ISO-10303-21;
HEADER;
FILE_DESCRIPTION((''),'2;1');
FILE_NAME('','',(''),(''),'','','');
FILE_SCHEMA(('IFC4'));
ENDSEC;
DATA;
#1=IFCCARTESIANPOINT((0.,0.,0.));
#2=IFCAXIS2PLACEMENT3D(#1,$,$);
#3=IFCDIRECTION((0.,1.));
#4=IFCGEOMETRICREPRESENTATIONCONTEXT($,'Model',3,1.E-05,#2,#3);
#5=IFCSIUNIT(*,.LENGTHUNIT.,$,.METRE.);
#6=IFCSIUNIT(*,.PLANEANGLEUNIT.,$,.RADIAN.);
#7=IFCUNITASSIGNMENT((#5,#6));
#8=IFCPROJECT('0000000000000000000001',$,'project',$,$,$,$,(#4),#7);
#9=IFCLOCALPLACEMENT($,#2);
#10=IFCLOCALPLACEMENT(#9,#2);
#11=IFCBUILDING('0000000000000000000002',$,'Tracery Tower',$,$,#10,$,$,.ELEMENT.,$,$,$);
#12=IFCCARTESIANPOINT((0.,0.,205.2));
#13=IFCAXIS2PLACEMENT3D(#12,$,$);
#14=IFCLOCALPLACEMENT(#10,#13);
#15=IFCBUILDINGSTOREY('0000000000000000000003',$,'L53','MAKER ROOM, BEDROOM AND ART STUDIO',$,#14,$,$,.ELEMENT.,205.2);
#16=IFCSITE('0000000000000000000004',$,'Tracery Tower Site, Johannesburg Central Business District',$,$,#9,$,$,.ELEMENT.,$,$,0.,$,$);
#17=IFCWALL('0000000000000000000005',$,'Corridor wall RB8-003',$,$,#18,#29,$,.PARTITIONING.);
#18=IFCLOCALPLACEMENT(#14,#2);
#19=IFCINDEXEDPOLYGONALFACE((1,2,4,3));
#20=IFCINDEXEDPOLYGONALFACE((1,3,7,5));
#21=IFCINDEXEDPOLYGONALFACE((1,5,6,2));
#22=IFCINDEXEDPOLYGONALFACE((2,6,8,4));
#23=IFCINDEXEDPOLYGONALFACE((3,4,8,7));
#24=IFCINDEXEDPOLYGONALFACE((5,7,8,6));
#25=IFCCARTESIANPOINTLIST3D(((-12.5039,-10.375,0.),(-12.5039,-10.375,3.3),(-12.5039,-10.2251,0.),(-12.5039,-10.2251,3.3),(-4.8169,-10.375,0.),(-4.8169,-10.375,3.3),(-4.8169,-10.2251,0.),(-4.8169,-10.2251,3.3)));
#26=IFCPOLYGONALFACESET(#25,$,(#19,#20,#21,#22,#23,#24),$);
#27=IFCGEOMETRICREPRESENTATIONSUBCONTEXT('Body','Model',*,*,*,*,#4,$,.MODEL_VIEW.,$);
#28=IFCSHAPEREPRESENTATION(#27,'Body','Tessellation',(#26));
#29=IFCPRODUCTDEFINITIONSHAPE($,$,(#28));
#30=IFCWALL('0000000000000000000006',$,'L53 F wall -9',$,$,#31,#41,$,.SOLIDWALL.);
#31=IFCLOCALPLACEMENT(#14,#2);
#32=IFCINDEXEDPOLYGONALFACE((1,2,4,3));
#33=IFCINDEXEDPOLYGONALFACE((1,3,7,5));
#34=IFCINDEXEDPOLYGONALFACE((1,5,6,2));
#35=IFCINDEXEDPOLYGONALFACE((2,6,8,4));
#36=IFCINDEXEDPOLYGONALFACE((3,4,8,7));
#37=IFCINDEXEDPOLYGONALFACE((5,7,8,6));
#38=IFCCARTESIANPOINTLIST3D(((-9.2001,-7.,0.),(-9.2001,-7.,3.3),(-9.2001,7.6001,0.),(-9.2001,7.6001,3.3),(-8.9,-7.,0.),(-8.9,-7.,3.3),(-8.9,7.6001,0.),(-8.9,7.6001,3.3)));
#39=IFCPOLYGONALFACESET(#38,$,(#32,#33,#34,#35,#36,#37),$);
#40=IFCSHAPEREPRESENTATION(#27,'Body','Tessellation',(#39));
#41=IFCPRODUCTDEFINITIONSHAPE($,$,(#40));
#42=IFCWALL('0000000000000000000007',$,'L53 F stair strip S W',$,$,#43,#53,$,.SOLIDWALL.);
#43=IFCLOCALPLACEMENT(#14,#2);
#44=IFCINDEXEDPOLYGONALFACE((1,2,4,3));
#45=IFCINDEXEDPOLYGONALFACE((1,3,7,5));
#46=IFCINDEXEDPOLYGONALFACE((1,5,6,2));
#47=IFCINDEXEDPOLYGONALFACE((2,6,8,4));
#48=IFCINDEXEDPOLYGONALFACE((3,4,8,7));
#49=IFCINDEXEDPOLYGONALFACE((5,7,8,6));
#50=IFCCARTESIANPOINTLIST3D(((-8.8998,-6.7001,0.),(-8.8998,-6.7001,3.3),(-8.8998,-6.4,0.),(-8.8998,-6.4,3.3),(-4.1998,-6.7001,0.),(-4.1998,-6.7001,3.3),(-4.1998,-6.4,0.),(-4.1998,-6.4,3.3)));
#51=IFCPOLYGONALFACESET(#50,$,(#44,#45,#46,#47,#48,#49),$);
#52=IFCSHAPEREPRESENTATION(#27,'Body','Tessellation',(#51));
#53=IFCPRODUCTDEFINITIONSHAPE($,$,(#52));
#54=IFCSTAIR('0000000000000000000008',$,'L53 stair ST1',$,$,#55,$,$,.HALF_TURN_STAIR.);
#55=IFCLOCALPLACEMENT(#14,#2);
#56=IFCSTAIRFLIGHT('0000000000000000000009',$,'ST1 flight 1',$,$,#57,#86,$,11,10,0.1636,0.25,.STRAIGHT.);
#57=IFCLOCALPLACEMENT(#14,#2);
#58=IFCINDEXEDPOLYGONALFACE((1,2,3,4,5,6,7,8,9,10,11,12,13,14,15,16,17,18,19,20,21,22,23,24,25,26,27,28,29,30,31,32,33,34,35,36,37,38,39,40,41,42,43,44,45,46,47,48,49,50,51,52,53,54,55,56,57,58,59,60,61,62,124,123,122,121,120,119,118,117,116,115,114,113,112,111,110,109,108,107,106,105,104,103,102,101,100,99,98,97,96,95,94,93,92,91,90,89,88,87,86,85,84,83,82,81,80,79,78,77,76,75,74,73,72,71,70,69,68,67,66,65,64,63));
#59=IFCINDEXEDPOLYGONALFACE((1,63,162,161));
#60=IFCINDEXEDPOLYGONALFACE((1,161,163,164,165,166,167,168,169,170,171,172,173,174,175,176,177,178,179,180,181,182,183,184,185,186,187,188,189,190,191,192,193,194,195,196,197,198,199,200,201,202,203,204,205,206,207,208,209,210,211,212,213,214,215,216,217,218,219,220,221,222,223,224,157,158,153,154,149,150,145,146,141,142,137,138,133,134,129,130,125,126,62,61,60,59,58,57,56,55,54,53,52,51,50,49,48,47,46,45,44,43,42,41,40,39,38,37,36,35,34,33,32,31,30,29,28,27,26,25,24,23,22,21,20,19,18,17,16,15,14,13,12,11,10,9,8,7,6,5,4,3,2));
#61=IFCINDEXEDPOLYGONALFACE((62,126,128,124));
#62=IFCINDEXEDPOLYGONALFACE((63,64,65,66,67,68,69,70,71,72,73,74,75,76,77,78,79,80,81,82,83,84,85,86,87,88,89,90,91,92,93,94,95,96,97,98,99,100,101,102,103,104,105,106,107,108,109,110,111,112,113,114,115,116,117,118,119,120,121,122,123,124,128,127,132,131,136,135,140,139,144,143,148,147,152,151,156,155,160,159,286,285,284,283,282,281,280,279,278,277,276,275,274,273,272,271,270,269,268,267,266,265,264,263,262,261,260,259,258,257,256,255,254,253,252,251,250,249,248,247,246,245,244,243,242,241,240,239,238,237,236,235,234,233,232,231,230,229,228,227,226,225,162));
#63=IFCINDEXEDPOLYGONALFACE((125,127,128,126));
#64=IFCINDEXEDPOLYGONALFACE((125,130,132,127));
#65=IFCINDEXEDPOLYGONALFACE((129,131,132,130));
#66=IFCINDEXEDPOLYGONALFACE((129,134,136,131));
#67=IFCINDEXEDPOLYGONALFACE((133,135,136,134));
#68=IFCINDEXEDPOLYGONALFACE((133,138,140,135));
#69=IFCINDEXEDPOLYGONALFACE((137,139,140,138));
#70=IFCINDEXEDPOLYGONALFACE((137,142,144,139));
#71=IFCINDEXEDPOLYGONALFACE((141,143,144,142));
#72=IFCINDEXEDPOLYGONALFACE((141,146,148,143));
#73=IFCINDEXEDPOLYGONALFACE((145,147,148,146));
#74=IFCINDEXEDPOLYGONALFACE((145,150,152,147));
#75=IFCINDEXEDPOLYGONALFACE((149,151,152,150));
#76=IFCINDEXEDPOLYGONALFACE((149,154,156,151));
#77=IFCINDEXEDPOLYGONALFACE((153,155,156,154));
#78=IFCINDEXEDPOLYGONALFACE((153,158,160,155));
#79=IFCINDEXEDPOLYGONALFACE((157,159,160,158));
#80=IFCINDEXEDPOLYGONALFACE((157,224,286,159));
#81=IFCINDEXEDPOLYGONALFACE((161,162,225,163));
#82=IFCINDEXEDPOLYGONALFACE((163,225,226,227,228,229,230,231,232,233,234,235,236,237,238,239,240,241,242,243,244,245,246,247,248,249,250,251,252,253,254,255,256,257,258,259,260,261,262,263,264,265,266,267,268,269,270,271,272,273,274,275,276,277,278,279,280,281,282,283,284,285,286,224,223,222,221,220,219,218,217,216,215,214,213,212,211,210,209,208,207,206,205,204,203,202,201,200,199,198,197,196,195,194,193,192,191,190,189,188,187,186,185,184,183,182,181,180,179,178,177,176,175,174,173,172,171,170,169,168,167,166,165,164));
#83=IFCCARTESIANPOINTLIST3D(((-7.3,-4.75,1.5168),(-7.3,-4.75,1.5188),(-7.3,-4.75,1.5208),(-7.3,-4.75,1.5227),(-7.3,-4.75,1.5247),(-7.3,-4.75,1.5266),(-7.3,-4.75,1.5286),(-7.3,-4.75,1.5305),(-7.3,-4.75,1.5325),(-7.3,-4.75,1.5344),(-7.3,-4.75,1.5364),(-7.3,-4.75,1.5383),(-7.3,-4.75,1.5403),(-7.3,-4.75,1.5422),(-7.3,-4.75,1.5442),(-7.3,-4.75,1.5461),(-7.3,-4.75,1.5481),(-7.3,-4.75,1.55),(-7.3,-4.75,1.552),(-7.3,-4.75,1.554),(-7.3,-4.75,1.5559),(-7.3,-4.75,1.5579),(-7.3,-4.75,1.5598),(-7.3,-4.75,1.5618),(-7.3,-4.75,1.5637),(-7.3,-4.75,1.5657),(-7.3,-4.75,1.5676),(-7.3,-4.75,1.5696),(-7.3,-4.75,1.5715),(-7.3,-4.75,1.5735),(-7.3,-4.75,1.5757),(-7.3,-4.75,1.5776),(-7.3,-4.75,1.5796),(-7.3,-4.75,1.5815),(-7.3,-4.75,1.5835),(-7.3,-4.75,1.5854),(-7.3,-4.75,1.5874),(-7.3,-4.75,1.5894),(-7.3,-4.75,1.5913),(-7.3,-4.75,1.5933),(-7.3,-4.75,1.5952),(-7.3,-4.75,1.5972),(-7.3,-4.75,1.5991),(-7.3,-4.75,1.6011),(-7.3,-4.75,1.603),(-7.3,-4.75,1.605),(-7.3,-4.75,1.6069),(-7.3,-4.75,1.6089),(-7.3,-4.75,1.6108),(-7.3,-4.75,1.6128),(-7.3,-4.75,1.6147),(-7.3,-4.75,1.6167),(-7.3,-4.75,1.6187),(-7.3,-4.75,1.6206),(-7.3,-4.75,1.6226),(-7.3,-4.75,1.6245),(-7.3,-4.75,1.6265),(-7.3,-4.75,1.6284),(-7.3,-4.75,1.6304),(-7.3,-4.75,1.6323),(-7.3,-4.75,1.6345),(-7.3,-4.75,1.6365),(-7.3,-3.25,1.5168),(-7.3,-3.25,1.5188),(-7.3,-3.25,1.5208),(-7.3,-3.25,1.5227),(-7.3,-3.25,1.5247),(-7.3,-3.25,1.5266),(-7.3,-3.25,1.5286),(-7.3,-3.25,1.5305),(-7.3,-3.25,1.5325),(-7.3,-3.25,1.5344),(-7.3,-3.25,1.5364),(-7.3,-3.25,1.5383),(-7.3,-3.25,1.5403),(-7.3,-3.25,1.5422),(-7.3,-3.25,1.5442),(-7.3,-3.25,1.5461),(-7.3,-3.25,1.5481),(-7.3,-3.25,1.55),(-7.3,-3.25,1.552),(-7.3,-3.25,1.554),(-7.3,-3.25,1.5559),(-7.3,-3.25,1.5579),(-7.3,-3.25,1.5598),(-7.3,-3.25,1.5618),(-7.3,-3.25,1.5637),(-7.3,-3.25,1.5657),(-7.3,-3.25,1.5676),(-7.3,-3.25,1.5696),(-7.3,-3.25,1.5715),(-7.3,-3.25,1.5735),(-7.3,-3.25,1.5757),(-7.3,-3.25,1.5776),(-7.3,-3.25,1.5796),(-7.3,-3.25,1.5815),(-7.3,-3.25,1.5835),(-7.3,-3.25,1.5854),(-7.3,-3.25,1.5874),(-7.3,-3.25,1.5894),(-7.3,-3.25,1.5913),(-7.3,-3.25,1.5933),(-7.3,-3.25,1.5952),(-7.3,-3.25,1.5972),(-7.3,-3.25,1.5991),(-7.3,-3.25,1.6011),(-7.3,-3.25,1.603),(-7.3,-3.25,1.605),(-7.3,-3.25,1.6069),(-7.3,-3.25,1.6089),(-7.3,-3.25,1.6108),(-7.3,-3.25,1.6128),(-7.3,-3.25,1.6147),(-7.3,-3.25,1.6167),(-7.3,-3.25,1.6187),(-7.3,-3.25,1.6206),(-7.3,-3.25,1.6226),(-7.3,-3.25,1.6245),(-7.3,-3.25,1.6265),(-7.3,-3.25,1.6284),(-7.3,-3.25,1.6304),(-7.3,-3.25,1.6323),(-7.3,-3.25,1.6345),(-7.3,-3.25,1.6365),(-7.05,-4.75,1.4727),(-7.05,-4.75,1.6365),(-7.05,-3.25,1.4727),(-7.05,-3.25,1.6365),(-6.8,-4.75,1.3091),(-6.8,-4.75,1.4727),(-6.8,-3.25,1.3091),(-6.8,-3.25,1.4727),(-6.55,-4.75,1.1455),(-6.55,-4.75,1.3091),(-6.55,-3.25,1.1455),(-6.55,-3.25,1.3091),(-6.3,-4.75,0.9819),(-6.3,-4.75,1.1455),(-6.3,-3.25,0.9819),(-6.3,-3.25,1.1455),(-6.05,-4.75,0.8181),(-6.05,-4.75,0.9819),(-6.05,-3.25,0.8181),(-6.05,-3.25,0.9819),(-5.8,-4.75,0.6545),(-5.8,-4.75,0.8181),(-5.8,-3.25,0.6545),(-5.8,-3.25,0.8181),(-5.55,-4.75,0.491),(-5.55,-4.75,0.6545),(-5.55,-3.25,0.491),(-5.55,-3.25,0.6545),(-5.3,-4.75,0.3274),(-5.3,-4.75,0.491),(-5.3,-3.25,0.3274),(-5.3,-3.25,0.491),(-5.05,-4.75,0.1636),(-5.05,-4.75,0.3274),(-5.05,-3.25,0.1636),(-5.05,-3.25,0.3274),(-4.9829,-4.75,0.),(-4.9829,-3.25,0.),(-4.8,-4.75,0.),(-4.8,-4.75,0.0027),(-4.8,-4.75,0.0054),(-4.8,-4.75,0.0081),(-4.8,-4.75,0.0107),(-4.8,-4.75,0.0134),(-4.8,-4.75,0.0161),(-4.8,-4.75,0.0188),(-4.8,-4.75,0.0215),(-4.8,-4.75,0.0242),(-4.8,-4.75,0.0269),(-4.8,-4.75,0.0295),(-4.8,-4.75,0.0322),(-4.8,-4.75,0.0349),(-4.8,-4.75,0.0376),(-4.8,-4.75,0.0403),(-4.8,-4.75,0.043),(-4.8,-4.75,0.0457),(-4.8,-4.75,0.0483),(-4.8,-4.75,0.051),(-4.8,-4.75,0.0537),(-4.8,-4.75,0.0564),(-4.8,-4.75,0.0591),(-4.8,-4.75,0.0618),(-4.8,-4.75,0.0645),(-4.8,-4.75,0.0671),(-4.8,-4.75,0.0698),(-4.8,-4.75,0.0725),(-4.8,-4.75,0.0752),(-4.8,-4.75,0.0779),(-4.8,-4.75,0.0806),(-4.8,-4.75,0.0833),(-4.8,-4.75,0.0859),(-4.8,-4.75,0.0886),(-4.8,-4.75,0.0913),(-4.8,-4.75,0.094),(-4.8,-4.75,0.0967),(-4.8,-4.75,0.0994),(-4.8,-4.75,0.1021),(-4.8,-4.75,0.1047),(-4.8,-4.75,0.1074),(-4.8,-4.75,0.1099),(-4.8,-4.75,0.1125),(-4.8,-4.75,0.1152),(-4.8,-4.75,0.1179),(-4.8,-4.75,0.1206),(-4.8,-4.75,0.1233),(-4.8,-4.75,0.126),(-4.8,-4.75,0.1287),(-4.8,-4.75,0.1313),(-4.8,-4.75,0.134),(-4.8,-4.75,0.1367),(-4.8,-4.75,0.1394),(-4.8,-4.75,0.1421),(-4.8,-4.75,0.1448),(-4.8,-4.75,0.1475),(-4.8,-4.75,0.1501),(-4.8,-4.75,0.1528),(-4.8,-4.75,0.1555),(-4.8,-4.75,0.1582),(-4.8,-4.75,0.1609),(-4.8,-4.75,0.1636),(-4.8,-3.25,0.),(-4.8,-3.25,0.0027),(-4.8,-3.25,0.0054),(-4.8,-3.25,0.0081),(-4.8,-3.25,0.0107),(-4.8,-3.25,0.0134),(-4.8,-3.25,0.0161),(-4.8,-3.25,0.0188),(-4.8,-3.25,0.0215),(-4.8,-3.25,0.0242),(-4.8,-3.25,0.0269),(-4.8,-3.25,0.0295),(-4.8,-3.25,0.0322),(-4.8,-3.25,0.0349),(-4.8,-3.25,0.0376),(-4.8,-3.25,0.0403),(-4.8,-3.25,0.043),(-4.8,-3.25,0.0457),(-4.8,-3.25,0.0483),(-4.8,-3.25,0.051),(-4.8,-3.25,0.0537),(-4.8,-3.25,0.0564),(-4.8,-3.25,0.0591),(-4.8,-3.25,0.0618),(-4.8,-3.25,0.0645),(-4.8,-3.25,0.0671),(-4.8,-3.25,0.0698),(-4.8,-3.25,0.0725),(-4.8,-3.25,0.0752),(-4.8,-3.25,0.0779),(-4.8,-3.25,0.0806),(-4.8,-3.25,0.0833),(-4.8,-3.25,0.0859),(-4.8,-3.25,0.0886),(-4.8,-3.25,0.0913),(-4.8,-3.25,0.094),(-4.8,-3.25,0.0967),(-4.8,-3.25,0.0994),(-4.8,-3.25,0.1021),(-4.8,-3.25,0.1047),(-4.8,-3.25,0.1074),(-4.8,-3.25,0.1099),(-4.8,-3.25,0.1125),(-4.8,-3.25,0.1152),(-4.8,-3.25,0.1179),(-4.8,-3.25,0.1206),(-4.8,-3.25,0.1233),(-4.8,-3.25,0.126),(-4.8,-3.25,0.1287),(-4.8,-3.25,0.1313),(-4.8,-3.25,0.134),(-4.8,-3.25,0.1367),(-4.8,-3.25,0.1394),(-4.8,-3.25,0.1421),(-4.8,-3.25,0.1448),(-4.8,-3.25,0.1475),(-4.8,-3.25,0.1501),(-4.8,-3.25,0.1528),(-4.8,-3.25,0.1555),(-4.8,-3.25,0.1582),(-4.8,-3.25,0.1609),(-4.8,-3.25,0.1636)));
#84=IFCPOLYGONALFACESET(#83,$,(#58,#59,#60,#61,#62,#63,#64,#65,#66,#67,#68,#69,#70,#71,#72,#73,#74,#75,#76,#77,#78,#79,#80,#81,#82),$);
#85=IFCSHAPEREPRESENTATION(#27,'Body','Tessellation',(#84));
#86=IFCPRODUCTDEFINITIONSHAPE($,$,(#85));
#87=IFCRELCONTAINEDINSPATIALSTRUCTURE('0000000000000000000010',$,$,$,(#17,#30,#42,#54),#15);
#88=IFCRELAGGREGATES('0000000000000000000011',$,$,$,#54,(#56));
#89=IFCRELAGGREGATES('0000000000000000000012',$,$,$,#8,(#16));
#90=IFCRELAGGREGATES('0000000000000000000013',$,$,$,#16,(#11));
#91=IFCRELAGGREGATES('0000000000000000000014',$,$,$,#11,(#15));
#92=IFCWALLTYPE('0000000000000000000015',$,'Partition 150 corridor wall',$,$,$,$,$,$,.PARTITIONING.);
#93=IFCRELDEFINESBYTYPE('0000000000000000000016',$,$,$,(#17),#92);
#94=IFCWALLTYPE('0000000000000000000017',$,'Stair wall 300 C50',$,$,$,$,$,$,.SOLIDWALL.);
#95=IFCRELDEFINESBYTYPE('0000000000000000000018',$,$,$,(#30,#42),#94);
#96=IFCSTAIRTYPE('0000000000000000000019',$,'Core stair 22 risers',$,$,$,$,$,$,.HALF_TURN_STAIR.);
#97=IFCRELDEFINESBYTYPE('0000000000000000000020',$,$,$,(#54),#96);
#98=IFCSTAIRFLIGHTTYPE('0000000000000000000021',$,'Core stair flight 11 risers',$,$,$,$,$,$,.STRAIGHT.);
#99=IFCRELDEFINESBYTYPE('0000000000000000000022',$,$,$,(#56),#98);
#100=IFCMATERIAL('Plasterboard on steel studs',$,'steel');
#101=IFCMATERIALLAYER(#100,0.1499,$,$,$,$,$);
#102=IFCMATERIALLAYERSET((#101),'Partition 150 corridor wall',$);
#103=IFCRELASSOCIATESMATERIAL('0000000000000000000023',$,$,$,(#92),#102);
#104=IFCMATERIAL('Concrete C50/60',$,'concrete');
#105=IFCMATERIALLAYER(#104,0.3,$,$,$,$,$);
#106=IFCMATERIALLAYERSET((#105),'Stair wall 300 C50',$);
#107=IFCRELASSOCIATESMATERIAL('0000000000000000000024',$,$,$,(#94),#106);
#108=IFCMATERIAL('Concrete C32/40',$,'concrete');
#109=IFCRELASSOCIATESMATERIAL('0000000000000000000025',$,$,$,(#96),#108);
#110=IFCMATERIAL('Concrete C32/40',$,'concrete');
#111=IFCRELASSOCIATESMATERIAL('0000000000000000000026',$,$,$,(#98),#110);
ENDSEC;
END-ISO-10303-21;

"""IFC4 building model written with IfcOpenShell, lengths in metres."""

from ifc_helpers import new_model, si_unit, direction, frame, frame_2d, origin, place, context, subcontext, project, spatial, polyline, rectangle, outline, extrude, material, layer, layer_set, type_object, element, aggregate, save


model = new_model("IFC4")

# Units and contexts
model_context = context("Model", 3, precision=1e-05, world=origin(), true_north=direction((0.0, 1.0)))
body_context = subcontext(model_context, "Body", "Model", "MODEL_VIEW")
ifc_project = project(units=[si_unit("LENGTHUNIT", "METRE"), si_unit("PLANEANGLEUNIT", "RADIAN")], contexts=[model_context])

# Site, building, storey
site_placement = place(None, origin())
site = spatial("IfcSite", under=ifc_project, at=site_placement, Name="Tracery Tower Site, Johannesburg Central Business District", CompositionType="ELEMENT", RefElevation=0.0)
building_placement = place(site_placement, origin())
building = spatial("IfcBuilding", under=site, at=building_placement, Name="Tracery Tower", CompositionType="ELEMENT")
storey_placement = place(building_placement, frame((0.0, 0.0, 205.2)))
storey = spatial("IfcBuildingStorey", under=building, at=storey_placement, Name="L53", Description="MAKER ROOM, BEDROOM AND ART STUDIO", CompositionType="ELEMENT", Elevation=205.2)

# Wall
ifc_material_1 = material(Name="Plasterboard on steel studs", Category="steel")
ifc_layer_1 = layer(ifc_material_1, 0.1499)
ifc_layer_set_1 = layer_set([ifc_layer_1], Name="Partition 150 corridor wall")
wall_type_1 = type_object("IfcWallType", Name="Partition 150 corridor wall", PredefinedType="PARTITIONING", material=ifc_layer_set_1)
wall_1_placement = place(storey_placement, frame((-12.5039, -10.3, 0.0), z_axis=(0.0, 0.0, 1.0), x_axis=(1.0, 0.0, 0.0)))
element("IfcWall", 1, at=wall_1_placement, inside=storey, type_object=wall_type_1, Name="Corridor wall RB8-003", PredefinedType="PARTITIONING", context=body_context, shape_type="SweptSolid", body=[
    extrude(rectangle(XDim=7.687, YDim=0.1499, at=frame_2d((3.8435, 0.0))), origin(), (0.0, 0.0, 1.0), 3.3),
])

# Shared definitions
ifc_material_2 = material(Name="Concrete C50/60", Category="concrete")
ifc_layer_2 = layer(ifc_material_2, 0.3)
ifc_layer_set_2 = layer_set([ifc_layer_2], Name="Stair wall 300 C50")
wall_type_2 = type_object("IfcWallType", Name="Stair wall 300 C50", PredefinedType="SOLIDWALL", material=ifc_layer_set_2)

# Walls
wall_2_placement = place(storey_placement, frame((-9.05, -7.0, 0.0), z_axis=(0.0, 0.0, 1.0), x_axis=(0.0, 1.0, 0.0)))
element("IfcWall", 2, at=wall_2_placement, inside=storey, type_object=wall_type_2, Name="L53 F wall -9", PredefinedType="SOLIDWALL", context=body_context, shape_type="SweptSolid", body=[
    extrude(rectangle(XDim=14.6001, YDim=0.3, at=frame_2d((7.3, 0.0))), origin(), (0.0, 0.0, 1.0), 3.3),
])
wall_3_placement = place(storey_placement, frame((-8.8999, -6.55, 0.0), z_axis=(0.0, 0.0, 1.0), x_axis=(1.0, 0.0, 0.0)))
element("IfcWall", 3, at=wall_3_placement, inside=storey, type_object=wall_type_2, Name="L53 F stair strip S W", PredefinedType="SOLIDWALL", context=body_context, shape_type="SweptSolid", body=[
    extrude(rectangle(XDim=4.7, YDim=0.3, at=frame_2d((2.3501, 0.0))), origin(), (0.0, 0.0, 1.0), 3.3),
])

# Stair, stair flight
ifc_material_3 = material(Name="Concrete C32/40", Category="concrete")
stair_type = type_object("IfcStairType", Name="Core stair 22 risers", PredefinedType="HALF_TURN_STAIR", material=ifc_material_3)
stair_placement = place(storey_placement, origin())
stair = element("IfcStair", 4, at=stair_placement, inside=storey, type_object=stair_type, Name="L53 stair ST1", PredefinedType="HALF_TURN_STAIR")
ifc_material_4 = material(Name="Concrete C32/40", Category="concrete")
stair_flight_type = type_object("IfcStairFlightType", Name="Core stair flight 11 risers", PredefinedType="STRAIGHT", material=ifc_material_4)
stair_flight_1_placement = place(storey_placement, frame((-4.8, -4.0, 0.0), z_axis=(0.0, 0.0, 1.0), x_axis=(-1.0, 0.0, 0.0)))
stair_flight_1 = element("IfcStairFlight", 5, at=stair_flight_1_placement, type_object=stair_flight_type, Name="ST1 flight 1", NumberOfRisers=11, NumberOfTreads=10, PredefinedType="STRAIGHT", RiserHeight=0.1636, TreadLength=0.25, context=body_context, shape_type="SweptSolid", body=[
    extrude(outline(polyline([(0.0, 0.0), (0.0, 0.0027), (0.0, 0.0054), (0.0, 0.0081), (0.0, 0.0107), (0.0, 0.0134), (0.0, 0.0161), (0.0, 0.0188), (0.0, 0.0215), (0.0, 0.0242), (0.0, 0.0269), (0.0, 0.0295), (0.0, 0.0322), (0.0, 0.0349), (0.0, 0.0376), (0.0, 0.0403), (0.0, 0.043), (0.0, 0.0457), (0.0, 0.0483), (0.0, 0.051), (0.0, 0.0537), (0.0, 0.0564), (0.0, 0.0591), (0.0, 0.0618), (0.0, 0.0645), (0.0, 0.0671), (0.0, 0.0698), (0.0, 0.0725), (0.0, 0.0752), (0.0, 0.0779), (0.0, 0.0806), (0.0, 0.0833), (0.0, 0.0859), (0.0, 0.0886), (0.0, 0.0913), (0.0, 0.094), (0.0, 0.0967), (0.0, 0.0994), (0.0, 0.1021), (0.0, 0.1047), (0.0, 0.1074), (0.0, 0.1099), (0.0, 0.1125), (0.0, 0.1152), (0.0, 0.1179), (0.0, 0.1206), (0.0, 0.1233), (0.0, 0.126), (0.0, 0.1287), (0.0, 0.1313), (0.0, 0.134), (0.0, 0.1367), (0.0, 0.1394), (0.0, 0.1421), (0.0, 0.1448), (0.0, 0.1475), (0.0, 0.1501), (0.0, 0.1528), (0.0, 0.1555), (0.0, 0.1582), (0.0, 0.1609), (0.0, 0.1636), (0.25, 0.1636), (0.25, 0.3274), (0.5, 0.3274), (0.5, 0.491), (0.75, 0.491), (0.75, 0.6545), (1.0, 0.6545), (1.0, 0.8181), (1.25, 0.8181), (1.25, 0.9819), (1.5, 0.9819), (1.5, 1.1455), (1.75, 1.1455), (1.75, 1.3091), (2.0, 1.3091), (2.0, 1.4727), (2.25, 1.4727), (2.25, 1.6365), (2.5, 1.6365), (2.5, 1.6345), (2.5, 1.6323), (2.5, 1.6304), (2.5, 1.6284), (2.5, 1.6265), (2.5, 1.6245), (2.5, 1.6226), (2.5, 1.6206), (2.5, 1.6187), (2.5, 1.6167), (2.5, 1.6147), (2.5, 1.6128), (2.5, 1.6108), (2.5, 1.6089), (2.5, 1.6069), (2.5, 1.605), (2.5, 1.603), (2.5, 1.6011), (2.5, 1.5991), (2.5, 1.5972), (2.5, 1.5952), (2.5, 1.5933), (2.5, 1.5913), (2.5, 1.5894), (2.5, 1.5874), (2.5, 1.5854), (2.5, 1.5835), (2.5, 1.5815), (2.5, 1.5796), (2.5, 1.5776), (2.5, 1.5757), (2.5, 1.5735), (2.5, 1.5715), (2.5, 1.5696), (2.5, 1.5676), (2.5, 1.5657), (2.5, 1.5637), (2.5, 1.5618), (2.5, 1.5598), (2.5, 1.5579), (2.5, 1.5559), (2.5, 1.554), (2.5, 1.552), (2.5, 1.55), (2.5, 1.5481), (2.5, 1.5461), (2.5, 1.5442), (2.5, 1.5422), (2.5, 1.5403), (2.5, 1.5383), (2.5, 1.5364), (2.5, 1.5344), (2.5, 1.5325), (2.5, 1.5305), (2.5, 1.5286), (2.5, 1.5266), (2.5, 1.5247), (2.5, 1.5227), (2.5, 1.5208), (2.5, 1.5188), (2.5, 1.5168), (0.1829, 0.0), (0.0, 0.0)])), frame((0.0, 0.75, 0.0), z_axis=(0.0, -1.0, 0.0), x_axis=(1.0, 0.0, 0.0)), (0.0, 0.0, 1.0), 1.5),
])
aggregate(stair, [stair_flight_1])

save(model, "model.ifc")
